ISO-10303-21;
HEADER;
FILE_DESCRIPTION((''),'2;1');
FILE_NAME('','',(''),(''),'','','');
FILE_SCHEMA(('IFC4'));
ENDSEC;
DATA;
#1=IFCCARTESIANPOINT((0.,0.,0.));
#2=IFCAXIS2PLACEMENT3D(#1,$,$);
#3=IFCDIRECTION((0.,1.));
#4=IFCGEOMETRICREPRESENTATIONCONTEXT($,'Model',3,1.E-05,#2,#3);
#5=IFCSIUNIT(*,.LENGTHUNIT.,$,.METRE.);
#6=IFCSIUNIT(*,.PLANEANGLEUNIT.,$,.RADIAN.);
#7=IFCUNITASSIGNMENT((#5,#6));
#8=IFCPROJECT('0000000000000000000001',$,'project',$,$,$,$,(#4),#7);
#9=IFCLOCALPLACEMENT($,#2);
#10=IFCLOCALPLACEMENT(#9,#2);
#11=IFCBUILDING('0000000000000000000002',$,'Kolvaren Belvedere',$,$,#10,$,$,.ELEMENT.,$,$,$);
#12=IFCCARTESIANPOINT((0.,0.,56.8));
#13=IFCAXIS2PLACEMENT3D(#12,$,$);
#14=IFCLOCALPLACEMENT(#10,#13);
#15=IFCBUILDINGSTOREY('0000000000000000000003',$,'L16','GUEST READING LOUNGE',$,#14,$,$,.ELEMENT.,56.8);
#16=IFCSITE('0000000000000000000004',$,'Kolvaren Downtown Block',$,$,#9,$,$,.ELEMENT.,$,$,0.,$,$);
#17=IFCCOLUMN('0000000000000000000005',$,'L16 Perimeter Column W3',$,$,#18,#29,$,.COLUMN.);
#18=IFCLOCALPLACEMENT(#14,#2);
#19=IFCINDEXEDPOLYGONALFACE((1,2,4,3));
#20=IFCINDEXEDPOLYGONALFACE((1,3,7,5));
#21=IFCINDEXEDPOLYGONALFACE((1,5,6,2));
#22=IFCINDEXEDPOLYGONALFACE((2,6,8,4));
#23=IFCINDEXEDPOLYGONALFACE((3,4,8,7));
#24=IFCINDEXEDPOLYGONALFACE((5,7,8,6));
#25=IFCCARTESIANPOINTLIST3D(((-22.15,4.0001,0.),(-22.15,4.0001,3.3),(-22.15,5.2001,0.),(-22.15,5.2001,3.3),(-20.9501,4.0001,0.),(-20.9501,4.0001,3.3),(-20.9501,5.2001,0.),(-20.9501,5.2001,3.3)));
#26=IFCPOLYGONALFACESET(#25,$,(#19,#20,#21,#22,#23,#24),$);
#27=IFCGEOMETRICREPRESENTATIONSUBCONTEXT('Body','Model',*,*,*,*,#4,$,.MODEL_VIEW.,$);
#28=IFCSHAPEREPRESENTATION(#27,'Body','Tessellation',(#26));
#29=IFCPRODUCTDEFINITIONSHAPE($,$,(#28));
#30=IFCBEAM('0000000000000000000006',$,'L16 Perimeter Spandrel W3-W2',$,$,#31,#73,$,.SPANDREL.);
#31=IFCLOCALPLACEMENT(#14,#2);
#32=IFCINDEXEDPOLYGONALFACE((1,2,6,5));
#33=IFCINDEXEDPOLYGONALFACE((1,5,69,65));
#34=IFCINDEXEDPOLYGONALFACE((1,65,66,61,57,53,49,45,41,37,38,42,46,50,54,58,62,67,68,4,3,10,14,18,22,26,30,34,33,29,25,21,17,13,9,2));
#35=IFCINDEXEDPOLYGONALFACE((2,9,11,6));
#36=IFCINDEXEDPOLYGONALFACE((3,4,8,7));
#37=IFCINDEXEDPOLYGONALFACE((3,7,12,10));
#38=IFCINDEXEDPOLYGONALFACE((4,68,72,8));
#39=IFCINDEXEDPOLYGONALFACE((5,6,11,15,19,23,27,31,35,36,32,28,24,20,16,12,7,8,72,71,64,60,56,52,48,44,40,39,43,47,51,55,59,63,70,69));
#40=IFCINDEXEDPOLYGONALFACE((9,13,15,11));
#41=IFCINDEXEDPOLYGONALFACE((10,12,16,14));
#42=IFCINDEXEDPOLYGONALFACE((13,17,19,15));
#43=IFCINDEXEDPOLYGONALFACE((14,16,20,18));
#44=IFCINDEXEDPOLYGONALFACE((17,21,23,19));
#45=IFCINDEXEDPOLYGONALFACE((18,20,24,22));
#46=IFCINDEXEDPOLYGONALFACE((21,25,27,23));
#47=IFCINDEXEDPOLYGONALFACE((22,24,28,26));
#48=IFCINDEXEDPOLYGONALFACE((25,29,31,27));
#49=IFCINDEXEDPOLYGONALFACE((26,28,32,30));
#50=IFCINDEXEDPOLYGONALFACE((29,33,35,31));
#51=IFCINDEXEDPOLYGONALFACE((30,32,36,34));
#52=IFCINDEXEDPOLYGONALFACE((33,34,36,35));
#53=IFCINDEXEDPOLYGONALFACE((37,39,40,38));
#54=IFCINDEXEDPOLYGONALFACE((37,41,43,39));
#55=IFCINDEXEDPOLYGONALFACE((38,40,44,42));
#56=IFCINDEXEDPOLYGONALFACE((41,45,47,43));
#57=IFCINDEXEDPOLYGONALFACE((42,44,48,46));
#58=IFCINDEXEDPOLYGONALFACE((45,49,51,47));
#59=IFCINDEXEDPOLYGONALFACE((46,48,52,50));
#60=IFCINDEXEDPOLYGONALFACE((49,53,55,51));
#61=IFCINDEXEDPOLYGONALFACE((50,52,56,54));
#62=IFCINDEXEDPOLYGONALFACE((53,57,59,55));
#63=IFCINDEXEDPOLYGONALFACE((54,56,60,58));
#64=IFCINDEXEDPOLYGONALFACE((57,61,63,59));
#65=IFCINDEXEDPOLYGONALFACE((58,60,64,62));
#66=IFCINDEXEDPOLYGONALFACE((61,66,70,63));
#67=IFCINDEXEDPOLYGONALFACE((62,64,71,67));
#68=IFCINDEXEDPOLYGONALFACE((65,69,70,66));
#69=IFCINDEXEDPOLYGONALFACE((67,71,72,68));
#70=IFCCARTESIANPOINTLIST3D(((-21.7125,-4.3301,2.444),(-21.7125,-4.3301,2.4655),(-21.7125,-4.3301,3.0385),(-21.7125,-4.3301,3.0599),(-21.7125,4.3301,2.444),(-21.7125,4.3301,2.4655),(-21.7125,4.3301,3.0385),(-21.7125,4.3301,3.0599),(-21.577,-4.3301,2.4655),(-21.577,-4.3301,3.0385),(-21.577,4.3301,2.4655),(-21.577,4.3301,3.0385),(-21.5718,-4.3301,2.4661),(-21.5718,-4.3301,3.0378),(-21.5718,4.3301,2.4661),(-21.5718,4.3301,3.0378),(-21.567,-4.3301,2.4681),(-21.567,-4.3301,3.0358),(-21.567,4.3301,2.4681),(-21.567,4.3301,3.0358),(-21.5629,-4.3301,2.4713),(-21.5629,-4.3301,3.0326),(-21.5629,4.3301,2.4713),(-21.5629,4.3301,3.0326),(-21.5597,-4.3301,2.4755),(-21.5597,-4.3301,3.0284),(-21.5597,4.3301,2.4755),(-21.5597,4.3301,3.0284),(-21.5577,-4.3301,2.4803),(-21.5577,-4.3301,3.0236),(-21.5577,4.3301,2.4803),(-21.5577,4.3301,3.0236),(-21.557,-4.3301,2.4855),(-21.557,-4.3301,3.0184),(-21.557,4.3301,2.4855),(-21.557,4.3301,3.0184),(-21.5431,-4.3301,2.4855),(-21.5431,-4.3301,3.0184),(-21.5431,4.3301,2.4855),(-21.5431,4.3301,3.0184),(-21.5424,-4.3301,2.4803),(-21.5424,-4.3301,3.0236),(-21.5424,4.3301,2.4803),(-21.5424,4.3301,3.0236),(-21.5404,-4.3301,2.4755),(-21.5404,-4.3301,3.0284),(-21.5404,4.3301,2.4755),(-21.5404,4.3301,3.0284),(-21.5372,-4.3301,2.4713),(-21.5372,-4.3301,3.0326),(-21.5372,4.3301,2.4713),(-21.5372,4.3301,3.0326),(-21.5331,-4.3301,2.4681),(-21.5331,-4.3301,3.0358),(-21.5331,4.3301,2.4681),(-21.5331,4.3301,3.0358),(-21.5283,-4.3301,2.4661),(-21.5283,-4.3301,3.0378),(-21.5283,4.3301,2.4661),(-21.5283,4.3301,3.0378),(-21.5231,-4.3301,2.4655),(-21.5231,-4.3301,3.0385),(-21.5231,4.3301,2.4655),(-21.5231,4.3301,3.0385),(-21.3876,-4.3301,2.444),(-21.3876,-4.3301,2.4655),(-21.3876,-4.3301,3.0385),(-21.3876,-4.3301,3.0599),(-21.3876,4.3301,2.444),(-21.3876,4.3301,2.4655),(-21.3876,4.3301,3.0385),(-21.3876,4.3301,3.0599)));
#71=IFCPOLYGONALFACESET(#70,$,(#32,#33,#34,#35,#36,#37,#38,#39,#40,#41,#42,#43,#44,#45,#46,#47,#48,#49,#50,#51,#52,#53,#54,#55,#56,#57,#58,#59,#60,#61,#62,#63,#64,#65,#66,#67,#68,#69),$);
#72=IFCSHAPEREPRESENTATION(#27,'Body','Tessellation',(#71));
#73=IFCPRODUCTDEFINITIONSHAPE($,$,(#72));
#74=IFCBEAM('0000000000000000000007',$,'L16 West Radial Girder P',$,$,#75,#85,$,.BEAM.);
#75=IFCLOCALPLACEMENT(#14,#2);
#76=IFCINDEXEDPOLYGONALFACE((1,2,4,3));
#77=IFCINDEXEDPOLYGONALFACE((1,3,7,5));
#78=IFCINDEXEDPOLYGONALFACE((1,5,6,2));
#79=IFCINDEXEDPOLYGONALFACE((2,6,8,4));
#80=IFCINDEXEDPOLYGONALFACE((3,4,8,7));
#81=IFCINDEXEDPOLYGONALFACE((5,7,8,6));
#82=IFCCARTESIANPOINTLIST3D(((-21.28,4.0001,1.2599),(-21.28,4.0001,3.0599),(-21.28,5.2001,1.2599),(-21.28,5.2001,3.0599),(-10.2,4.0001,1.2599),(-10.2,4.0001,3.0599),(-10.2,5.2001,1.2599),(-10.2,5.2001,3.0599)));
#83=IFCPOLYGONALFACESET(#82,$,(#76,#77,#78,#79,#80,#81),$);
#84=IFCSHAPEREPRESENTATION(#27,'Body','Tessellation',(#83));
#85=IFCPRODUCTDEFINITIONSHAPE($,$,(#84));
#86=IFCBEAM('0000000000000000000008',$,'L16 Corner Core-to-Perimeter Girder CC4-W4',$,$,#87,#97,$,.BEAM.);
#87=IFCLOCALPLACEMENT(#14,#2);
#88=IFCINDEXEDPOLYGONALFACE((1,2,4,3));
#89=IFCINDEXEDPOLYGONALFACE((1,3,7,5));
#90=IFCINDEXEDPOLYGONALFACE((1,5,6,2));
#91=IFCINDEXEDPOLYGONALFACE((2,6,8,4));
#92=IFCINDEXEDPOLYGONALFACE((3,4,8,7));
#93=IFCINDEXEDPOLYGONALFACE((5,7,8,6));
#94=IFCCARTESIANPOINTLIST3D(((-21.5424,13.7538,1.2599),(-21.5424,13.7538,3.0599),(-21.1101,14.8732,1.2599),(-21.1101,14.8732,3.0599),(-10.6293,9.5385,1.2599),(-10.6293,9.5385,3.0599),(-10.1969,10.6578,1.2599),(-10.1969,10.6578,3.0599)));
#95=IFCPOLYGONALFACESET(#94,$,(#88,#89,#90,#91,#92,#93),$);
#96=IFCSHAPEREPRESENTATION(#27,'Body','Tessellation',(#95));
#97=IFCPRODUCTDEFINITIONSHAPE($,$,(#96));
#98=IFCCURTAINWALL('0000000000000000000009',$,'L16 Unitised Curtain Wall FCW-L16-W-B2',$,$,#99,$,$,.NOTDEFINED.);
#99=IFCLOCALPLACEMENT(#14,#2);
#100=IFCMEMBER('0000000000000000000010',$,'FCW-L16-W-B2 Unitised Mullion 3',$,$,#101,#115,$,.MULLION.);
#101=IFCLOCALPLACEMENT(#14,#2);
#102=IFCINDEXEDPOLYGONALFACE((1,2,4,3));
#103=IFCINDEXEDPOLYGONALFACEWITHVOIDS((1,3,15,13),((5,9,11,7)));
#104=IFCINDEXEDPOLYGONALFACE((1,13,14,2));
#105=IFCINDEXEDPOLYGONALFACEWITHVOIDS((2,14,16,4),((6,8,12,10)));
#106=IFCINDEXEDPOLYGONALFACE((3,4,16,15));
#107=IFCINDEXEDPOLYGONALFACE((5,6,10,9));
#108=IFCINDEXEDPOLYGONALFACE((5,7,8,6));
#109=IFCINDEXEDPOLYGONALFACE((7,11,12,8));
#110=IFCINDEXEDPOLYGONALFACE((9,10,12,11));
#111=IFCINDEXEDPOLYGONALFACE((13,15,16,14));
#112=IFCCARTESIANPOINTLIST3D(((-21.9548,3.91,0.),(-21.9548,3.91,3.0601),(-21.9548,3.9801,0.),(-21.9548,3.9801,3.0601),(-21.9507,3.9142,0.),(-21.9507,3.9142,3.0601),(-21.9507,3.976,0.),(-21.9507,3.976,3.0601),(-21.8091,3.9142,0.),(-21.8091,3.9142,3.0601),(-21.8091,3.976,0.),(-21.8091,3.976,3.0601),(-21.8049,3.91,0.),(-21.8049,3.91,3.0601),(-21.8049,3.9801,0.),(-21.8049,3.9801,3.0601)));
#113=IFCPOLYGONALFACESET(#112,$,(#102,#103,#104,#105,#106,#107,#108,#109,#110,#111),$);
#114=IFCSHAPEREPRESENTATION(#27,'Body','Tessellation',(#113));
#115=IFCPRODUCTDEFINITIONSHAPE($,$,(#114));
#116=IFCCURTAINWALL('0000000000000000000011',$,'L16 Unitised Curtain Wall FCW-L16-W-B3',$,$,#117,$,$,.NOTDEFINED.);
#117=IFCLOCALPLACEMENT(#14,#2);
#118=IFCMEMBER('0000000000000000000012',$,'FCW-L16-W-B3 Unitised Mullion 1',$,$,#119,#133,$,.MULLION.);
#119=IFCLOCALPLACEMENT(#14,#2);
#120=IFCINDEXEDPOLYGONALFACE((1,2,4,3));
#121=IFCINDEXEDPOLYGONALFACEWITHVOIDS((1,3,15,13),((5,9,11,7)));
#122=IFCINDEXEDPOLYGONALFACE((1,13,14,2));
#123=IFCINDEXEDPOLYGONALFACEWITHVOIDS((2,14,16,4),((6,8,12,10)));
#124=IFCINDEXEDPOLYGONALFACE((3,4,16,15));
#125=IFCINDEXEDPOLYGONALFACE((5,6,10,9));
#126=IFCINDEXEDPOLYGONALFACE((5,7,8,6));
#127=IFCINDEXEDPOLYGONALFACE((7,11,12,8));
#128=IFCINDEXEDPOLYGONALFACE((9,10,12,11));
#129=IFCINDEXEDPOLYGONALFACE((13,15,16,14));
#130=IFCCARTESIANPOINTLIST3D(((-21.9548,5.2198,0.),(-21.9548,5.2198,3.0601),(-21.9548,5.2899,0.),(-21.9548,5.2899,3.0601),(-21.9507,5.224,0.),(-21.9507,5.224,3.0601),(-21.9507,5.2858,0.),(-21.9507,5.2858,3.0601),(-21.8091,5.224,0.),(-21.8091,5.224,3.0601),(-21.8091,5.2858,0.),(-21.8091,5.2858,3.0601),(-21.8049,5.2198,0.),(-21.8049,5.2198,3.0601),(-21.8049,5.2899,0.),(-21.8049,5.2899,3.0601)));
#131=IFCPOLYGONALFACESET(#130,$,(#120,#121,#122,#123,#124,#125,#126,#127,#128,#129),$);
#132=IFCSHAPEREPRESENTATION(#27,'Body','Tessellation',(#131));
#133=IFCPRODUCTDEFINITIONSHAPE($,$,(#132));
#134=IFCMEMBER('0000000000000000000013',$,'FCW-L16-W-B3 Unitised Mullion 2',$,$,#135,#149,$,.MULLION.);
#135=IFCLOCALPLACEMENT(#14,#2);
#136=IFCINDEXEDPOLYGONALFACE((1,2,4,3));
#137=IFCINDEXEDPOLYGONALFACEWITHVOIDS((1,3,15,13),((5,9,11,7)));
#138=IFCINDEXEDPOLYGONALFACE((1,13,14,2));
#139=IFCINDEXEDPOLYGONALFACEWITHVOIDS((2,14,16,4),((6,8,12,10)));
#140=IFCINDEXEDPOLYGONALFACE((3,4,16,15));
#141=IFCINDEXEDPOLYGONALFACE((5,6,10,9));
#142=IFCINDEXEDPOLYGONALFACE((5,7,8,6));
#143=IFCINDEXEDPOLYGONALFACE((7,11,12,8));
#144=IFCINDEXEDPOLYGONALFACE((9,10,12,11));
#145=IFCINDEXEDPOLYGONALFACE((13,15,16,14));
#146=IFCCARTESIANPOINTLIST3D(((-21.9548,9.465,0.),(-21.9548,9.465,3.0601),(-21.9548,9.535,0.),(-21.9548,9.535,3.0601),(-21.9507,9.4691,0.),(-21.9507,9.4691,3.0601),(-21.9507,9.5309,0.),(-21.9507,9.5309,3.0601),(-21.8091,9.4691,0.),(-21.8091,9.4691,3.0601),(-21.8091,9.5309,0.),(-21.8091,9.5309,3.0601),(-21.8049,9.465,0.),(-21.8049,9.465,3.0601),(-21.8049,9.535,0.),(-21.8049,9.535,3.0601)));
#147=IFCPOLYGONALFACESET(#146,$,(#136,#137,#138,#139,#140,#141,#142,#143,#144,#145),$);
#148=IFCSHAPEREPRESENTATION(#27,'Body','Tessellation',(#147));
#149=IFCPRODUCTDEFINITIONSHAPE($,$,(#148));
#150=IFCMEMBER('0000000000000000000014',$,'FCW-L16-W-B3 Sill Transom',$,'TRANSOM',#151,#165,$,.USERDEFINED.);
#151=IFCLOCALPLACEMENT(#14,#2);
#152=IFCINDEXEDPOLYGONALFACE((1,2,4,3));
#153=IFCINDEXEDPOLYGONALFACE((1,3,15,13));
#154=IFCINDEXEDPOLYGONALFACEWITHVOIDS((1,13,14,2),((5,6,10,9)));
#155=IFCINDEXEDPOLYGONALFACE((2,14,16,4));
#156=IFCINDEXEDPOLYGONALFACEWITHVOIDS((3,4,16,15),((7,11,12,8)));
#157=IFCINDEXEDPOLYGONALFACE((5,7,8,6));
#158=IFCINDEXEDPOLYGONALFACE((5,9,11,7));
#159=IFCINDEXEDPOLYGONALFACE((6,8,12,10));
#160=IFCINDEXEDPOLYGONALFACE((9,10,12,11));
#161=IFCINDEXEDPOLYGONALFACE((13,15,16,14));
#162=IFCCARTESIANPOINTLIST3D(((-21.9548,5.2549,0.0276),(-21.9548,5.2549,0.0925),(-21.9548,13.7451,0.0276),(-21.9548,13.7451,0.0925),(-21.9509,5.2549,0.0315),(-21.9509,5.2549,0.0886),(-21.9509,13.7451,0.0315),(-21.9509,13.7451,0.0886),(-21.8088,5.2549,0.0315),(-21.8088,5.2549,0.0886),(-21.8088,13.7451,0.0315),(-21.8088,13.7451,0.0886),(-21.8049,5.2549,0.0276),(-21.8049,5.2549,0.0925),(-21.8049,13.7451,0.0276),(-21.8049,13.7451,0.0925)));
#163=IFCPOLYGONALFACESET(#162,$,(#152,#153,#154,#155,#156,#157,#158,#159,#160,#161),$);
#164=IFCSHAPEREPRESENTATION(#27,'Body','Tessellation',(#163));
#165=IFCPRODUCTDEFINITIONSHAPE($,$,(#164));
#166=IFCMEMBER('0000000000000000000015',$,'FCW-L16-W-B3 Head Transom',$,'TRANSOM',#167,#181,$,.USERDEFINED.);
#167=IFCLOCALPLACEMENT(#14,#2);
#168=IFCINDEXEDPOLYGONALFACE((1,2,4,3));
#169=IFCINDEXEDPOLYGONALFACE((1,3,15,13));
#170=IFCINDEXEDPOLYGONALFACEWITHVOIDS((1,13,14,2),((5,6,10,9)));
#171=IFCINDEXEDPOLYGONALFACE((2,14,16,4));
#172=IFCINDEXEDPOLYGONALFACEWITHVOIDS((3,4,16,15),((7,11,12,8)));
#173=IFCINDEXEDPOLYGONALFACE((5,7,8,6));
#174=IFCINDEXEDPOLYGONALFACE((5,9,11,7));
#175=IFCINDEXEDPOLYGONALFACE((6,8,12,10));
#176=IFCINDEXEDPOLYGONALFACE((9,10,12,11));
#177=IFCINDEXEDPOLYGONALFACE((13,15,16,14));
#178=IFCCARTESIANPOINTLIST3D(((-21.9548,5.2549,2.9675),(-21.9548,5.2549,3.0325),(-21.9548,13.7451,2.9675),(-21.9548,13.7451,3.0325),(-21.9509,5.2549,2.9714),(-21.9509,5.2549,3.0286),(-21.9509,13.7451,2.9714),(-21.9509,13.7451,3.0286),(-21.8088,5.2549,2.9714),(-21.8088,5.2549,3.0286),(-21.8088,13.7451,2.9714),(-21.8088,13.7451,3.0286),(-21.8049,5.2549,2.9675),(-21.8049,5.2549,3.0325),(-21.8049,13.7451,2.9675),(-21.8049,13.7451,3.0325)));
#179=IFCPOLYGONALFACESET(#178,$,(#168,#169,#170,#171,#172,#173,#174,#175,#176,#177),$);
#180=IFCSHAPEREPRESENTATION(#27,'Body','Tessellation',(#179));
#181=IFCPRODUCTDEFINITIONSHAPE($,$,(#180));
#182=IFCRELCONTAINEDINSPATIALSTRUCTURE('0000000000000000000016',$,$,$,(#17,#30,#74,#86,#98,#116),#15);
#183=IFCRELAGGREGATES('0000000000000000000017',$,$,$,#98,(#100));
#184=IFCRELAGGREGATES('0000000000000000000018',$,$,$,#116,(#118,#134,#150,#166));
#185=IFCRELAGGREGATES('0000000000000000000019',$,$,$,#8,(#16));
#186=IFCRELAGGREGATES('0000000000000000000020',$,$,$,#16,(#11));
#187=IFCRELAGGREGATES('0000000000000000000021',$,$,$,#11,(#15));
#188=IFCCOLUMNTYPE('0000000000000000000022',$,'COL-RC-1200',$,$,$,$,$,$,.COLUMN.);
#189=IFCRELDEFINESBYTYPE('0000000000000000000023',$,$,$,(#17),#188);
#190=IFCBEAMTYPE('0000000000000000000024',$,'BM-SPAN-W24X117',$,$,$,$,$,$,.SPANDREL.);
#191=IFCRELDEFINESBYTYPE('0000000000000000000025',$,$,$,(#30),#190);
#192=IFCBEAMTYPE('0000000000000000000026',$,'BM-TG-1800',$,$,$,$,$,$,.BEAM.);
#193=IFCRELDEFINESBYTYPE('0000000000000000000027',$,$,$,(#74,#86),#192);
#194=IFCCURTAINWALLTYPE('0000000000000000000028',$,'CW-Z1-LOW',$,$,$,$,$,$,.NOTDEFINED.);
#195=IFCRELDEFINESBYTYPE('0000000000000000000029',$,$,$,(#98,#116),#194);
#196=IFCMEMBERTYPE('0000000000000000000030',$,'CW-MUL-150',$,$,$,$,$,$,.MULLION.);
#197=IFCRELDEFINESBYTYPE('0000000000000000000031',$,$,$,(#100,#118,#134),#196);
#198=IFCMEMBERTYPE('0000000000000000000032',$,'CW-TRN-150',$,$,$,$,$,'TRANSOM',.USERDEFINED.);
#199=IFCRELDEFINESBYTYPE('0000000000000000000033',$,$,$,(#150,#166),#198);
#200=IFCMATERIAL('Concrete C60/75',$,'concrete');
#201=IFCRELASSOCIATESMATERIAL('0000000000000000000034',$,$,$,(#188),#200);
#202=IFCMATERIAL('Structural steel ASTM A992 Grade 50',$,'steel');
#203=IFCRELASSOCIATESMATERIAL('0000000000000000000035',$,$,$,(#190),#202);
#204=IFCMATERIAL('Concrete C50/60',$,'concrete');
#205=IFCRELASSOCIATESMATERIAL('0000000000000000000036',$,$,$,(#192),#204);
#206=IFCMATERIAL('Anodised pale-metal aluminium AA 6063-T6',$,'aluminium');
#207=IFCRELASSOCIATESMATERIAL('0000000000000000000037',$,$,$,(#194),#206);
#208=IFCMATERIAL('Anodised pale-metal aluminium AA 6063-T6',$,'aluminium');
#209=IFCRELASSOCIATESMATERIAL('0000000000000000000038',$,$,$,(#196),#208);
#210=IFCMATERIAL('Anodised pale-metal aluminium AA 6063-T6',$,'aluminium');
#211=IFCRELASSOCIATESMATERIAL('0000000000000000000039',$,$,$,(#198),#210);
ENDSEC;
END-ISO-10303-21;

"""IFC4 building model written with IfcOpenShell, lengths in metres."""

from ifc_helpers import new_model, si_unit, direction, frame, origin, origin_2d, place, context, subcontext, project, spatial, rectangle, hollow_rectangle, i_section, extrude, material, material_profile, profile_set, type_object, element, aggregate, save


model = new_model("IFC4")

# Units and contexts
model_context = context("Model", 3, precision=1e-05, world=origin(), true_north=direction((0.0, 1.0)))
body_context = subcontext(model_context, "Body", "Model", "MODEL_VIEW")
ifc_project = project(units=[si_unit("LENGTHUNIT", "METRE"), si_unit("PLANEANGLEUNIT", "RADIAN")], contexts=[model_context])

# Site, building, storey
site_placement = place(None, origin())
site = spatial("IfcSite", under=ifc_project, at=site_placement, Name="Kolvaren Downtown Block", CompositionType="ELEMENT", RefElevation=0.0)
building_placement = place(site_placement, origin())
building = spatial("IfcBuilding", under=site, at=building_placement, Name="Kolvaren Belvedere", CompositionType="ELEMENT")
storey_placement = place(building_placement, frame((0.0, 0.0, 56.8)))
storey = spatial("IfcBuildingStorey", under=building, at=storey_placement, Name="L16", Description="GUEST READING LOUNGE", CompositionType="ELEMENT", Elevation=56.8)

# Column
ifc_material_1 = material(Name="Concrete C60/75", Category="concrete")
ifc_material_profile_1 = material_profile(ifc_material_1, rectangle(XDim=1.2, YDim=1.2, at=origin_2d()), Name="RC 1200X1200")
ifc_profile_set_1 = profile_set([ifc_material_profile_1], Name="Concrete C60/75")
column_type = type_object("IfcColumnType", Name="COL-RC-1200", PredefinedType="COLUMN", material=ifc_profile_set_1)
column_placement = place(storey_placement, frame((-21.55, 4.6001, 0.0), z_axis=(0.0, 0.0, 1.0), x_axis=(1.0, 0.0, 0.0)))
element("IfcColumn", 1, at=column_placement, inside=storey, type_object=column_type, Name="L16 Perimeter Column W3", PredefinedType="COLUMN", context=body_context, shape_type="SweptSolid", body=[
    extrude(rectangle(XDim=1.2, YDim=1.2, at=origin_2d()), origin(), (0.0, 0.0, 1.0), 3.3),
])

# Beams
ifc_material_2 = material(Name="Structural steel ASTM A992 Grade 50", Category="steel")
ifc_material_profile_2 = material_profile(ifc_material_2, i_section(OverallWidth=0.325, OverallDepth=0.616, WebThickness=0.0139, FlangeThickness=0.0215, FilletRadius=0.02, at=origin_2d()), Name="W24X117")
ifc_profile_set_2 = profile_set([ifc_material_profile_2], Name="Structural steel ASTM A992 Grade 50")
beam_type_1 = type_object("IfcBeamType", Name="BM-SPAN-W24X117", PredefinedType="SPANDREL", material=ifc_profile_set_2)
beam_1_placement = place(storey_placement, frame((-21.55, 4.3301, 2.752), z_axis=(0.0, -1.0, 0.0), x_axis=(1.0, 0.0, 0.0)))
element("IfcBeam", 2, at=beam_1_placement, inside=storey, type_object=beam_type_1, Name="L16 Perimeter Spandrel W3-W2", PredefinedType="SPANDREL", context=body_context, shape_type="SweptSolid", body=[
    extrude(i_section(OverallWidth=0.325, OverallDepth=0.616, WebThickness=0.0139, FlangeThickness=0.0215, FilletRadius=0.02, at=origin_2d()), origin(), (0.0, 0.0, 1.0), 8.6602),
])
ifc_material_3 = material(Name="Concrete C50/60", Category="concrete")
ifc_material_profile_3 = material_profile(ifc_material_3, rectangle(XDim=1.2, YDim=1.8, at=origin_2d()), Name="RC 1200X1800")
ifc_profile_set_3 = profile_set([ifc_material_profile_3], Name="Concrete C50/60")
beam_type_2 = type_object("IfcBeamType", Name="BM-TG-1800", PredefinedType="BEAM", material=ifc_profile_set_3)
beam_2_placement = place(storey_placement, frame((-10.2, 4.6001, 2.1599), z_axis=(-1.0, 0.0, 0.0), x_axis=(0.0, -1.0, 0.0)))
element("IfcBeam", 3, at=beam_2_placement, inside=storey, type_object=beam_type_2, Name="L16 West Radial Girder P", PredefinedType="BEAM", context=body_context, shape_type="SweptSolid", body=[
    extrude(rectangle(XDim=1.2, YDim=1.8, at=origin_2d()), origin(), (0.0, 0.0, 1.0), 11.0801),
])
beam_3_placement = place(storey_placement, frame((-10.4131, 10.0981, 2.1599), z_axis=(-0.932829, 0.360318, 0.0), x_axis=(-0.360318, -0.932829, 0.0)))
element("IfcBeam", 4, at=beam_3_placement, inside=storey, type_object=beam_type_2, Name="L16 Corner Core-to-Perimeter Girder CC4-W4", PredefinedType="BEAM", context=body_context, shape_type="SweptSolid", body=[
    extrude(rectangle(XDim=1.2, YDim=1.8, at=origin_2d()), origin(), (0.0, 0.0, 1.0), 11.699),
])

# Curtain wall, member
ifc_material_4 = material(Name="Anodised pale-metal aluminium AA 6063-T6", Category="aluminium")
curtain_wall_type = type_object("IfcCurtainWallType", Name="CW-Z1-LOW", PredefinedType="NOTDEFINED", material=ifc_material_4)
curtain_wall_1_placement = place(storey_placement, origin())
curtain_wall_1 = element("IfcCurtainWall", 5, at=curtain_wall_1_placement, inside=storey, type_object=curtain_wall_type, Name="L16 Unitised Curtain Wall FCW-L16-W-B2", PredefinedType="NOTDEFINED")
ifc_material_5 = material(Name="Anodised pale-metal aluminium AA 6063-T6", Category="aluminium")
ifc_material_profile_4 = material_profile(ifc_material_5, hollow_rectangle(XDim=0.0701, YDim=0.1499, WallThickness=0.0042, at=origin_2d()), Name="ALU-MUL-150X70")
ifc_profile_set_4 = profile_set([ifc_material_profile_4], Name="Anodised pale-metal aluminium AA 6063-T6")
member_type_1 = type_object("IfcMemberType", Name="CW-MUL-150", PredefinedType="MULLION", material=ifc_profile_set_4)
member_1_placement = place(storey_placement, frame((-21.8799, 3.9451, 0.0), z_axis=(0.0, 0.0, 1.0), x_axis=(0.0, 1.0, 0.0)))
member_1 = element("IfcMember", 6, at=member_1_placement, type_object=member_type_1, Name="FCW-L16-W-B2 Unitised Mullion 3", PredefinedType="MULLION", context=body_context, shape_type="SweptSolid", body=[
    extrude(hollow_rectangle(XDim=0.0701, YDim=0.1499, WallThickness=0.0042, at=origin_2d()), origin(), (0.0, 0.0, 1.0), 3.0601),
])

# Curtain wall, members
curtain_wall_2_placement = place(storey_placement, origin())
curtain_wall_2 = element("IfcCurtainWall", 7, at=curtain_wall_2_placement, inside=storey, type_object=curtain_wall_type, Name="L16 Unitised Curtain Wall FCW-L16-W-B3", PredefinedType="NOTDEFINED")
member_2_placement = place(storey_placement, frame((-21.8799, 5.2549, 0.0), z_axis=(0.0, 0.0, 1.0), x_axis=(0.0, 1.0, 0.0)))
member_2 = element("IfcMember", 8, at=member_2_placement, type_object=member_type_1, Name="FCW-L16-W-B3 Unitised Mullion 1", PredefinedType="MULLION", context=body_context, shape_type="SweptSolid", body=[
    extrude(hollow_rectangle(XDim=0.0701, YDim=0.1499, WallThickness=0.0042, at=origin_2d()), origin(), (0.0, 0.0, 1.0), 3.0601),
])
member_3_placement = place(storey_placement, frame((-21.8799, 9.5, 0.0), z_axis=(0.0, 0.0, 1.0), x_axis=(0.0, 1.0, 0.0)))
member_3 = element("IfcMember", 9, at=member_3_placement, type_object=member_type_1, Name="FCW-L16-W-B3 Unitised Mullion 2", PredefinedType="MULLION", context=body_context, shape_type="SweptSolid", body=[
    extrude(hollow_rectangle(XDim=0.0701, YDim=0.1499, WallThickness=0.0042, at=origin_2d()), origin(), (0.0, 0.0, 1.0), 3.0601),
])
ifc_material_6 = material(Name="Anodised pale-metal aluminium AA 6063-T6", Category="aluminium")
ifc_material_profile_5 = material_profile(ifc_material_6, hollow_rectangle(XDim=0.0649, YDim=0.1499, WallThickness=0.0039, at=origin_2d()), Name="ALU-TRN-150X65")
ifc_profile_set_5 = profile_set([ifc_material_profile_5], Name="Anodised pale-metal aluminium AA 6063-T6")
member_type_2 = type_object("IfcMemberType", Name="CW-TRN-150", ElementType="TRANSOM", PredefinedType="USERDEFINED", material=ifc_profile_set_5)
member_4_placement = place(storey_placement, frame((-21.8799, 5.2549, 0.0601), z_axis=(0.0, 1.0, 0.0), x_axis=(0.0, 0.0, 1.0)))
member_4 = element("IfcMember", 10, at=member_4_placement, type_object=member_type_2, Name="FCW-L16-W-B3 Sill Transom", ObjectType="TRANSOM", PredefinedType="USERDEFINED", context=body_context, shape_type="SweptSolid", body=[
    extrude(hollow_rectangle(XDim=0.0649, YDim=0.1499, WallThickness=0.0039, at=origin_2d()), origin(), (0.0, 0.0, 1.0), 8.4902),
])
member_5_placement = place(storey_placement, frame((-21.8799, 5.2549, 3.0), z_axis=(0.0, 1.0, 0.0), x_axis=(0.0, 0.0, 1.0)))
member_5 = element("IfcMember", 11, at=member_5_placement, type_object=member_type_2, Name="FCW-L16-W-B3 Head Transom", ObjectType="TRANSOM", PredefinedType="USERDEFINED", context=body_context, shape_type="SweptSolid", body=[
    extrude(hollow_rectangle(XDim=0.0649, YDim=0.1499, WallThickness=0.0039, at=origin_2d()), origin(), (0.0, 0.0, 1.0), 8.4902),
])

aggregate(curtain_wall_1, [member_1])
aggregate(curtain_wall_2, [member_2, member_3, member_4, member_5])

save(model, "model.ifc")
